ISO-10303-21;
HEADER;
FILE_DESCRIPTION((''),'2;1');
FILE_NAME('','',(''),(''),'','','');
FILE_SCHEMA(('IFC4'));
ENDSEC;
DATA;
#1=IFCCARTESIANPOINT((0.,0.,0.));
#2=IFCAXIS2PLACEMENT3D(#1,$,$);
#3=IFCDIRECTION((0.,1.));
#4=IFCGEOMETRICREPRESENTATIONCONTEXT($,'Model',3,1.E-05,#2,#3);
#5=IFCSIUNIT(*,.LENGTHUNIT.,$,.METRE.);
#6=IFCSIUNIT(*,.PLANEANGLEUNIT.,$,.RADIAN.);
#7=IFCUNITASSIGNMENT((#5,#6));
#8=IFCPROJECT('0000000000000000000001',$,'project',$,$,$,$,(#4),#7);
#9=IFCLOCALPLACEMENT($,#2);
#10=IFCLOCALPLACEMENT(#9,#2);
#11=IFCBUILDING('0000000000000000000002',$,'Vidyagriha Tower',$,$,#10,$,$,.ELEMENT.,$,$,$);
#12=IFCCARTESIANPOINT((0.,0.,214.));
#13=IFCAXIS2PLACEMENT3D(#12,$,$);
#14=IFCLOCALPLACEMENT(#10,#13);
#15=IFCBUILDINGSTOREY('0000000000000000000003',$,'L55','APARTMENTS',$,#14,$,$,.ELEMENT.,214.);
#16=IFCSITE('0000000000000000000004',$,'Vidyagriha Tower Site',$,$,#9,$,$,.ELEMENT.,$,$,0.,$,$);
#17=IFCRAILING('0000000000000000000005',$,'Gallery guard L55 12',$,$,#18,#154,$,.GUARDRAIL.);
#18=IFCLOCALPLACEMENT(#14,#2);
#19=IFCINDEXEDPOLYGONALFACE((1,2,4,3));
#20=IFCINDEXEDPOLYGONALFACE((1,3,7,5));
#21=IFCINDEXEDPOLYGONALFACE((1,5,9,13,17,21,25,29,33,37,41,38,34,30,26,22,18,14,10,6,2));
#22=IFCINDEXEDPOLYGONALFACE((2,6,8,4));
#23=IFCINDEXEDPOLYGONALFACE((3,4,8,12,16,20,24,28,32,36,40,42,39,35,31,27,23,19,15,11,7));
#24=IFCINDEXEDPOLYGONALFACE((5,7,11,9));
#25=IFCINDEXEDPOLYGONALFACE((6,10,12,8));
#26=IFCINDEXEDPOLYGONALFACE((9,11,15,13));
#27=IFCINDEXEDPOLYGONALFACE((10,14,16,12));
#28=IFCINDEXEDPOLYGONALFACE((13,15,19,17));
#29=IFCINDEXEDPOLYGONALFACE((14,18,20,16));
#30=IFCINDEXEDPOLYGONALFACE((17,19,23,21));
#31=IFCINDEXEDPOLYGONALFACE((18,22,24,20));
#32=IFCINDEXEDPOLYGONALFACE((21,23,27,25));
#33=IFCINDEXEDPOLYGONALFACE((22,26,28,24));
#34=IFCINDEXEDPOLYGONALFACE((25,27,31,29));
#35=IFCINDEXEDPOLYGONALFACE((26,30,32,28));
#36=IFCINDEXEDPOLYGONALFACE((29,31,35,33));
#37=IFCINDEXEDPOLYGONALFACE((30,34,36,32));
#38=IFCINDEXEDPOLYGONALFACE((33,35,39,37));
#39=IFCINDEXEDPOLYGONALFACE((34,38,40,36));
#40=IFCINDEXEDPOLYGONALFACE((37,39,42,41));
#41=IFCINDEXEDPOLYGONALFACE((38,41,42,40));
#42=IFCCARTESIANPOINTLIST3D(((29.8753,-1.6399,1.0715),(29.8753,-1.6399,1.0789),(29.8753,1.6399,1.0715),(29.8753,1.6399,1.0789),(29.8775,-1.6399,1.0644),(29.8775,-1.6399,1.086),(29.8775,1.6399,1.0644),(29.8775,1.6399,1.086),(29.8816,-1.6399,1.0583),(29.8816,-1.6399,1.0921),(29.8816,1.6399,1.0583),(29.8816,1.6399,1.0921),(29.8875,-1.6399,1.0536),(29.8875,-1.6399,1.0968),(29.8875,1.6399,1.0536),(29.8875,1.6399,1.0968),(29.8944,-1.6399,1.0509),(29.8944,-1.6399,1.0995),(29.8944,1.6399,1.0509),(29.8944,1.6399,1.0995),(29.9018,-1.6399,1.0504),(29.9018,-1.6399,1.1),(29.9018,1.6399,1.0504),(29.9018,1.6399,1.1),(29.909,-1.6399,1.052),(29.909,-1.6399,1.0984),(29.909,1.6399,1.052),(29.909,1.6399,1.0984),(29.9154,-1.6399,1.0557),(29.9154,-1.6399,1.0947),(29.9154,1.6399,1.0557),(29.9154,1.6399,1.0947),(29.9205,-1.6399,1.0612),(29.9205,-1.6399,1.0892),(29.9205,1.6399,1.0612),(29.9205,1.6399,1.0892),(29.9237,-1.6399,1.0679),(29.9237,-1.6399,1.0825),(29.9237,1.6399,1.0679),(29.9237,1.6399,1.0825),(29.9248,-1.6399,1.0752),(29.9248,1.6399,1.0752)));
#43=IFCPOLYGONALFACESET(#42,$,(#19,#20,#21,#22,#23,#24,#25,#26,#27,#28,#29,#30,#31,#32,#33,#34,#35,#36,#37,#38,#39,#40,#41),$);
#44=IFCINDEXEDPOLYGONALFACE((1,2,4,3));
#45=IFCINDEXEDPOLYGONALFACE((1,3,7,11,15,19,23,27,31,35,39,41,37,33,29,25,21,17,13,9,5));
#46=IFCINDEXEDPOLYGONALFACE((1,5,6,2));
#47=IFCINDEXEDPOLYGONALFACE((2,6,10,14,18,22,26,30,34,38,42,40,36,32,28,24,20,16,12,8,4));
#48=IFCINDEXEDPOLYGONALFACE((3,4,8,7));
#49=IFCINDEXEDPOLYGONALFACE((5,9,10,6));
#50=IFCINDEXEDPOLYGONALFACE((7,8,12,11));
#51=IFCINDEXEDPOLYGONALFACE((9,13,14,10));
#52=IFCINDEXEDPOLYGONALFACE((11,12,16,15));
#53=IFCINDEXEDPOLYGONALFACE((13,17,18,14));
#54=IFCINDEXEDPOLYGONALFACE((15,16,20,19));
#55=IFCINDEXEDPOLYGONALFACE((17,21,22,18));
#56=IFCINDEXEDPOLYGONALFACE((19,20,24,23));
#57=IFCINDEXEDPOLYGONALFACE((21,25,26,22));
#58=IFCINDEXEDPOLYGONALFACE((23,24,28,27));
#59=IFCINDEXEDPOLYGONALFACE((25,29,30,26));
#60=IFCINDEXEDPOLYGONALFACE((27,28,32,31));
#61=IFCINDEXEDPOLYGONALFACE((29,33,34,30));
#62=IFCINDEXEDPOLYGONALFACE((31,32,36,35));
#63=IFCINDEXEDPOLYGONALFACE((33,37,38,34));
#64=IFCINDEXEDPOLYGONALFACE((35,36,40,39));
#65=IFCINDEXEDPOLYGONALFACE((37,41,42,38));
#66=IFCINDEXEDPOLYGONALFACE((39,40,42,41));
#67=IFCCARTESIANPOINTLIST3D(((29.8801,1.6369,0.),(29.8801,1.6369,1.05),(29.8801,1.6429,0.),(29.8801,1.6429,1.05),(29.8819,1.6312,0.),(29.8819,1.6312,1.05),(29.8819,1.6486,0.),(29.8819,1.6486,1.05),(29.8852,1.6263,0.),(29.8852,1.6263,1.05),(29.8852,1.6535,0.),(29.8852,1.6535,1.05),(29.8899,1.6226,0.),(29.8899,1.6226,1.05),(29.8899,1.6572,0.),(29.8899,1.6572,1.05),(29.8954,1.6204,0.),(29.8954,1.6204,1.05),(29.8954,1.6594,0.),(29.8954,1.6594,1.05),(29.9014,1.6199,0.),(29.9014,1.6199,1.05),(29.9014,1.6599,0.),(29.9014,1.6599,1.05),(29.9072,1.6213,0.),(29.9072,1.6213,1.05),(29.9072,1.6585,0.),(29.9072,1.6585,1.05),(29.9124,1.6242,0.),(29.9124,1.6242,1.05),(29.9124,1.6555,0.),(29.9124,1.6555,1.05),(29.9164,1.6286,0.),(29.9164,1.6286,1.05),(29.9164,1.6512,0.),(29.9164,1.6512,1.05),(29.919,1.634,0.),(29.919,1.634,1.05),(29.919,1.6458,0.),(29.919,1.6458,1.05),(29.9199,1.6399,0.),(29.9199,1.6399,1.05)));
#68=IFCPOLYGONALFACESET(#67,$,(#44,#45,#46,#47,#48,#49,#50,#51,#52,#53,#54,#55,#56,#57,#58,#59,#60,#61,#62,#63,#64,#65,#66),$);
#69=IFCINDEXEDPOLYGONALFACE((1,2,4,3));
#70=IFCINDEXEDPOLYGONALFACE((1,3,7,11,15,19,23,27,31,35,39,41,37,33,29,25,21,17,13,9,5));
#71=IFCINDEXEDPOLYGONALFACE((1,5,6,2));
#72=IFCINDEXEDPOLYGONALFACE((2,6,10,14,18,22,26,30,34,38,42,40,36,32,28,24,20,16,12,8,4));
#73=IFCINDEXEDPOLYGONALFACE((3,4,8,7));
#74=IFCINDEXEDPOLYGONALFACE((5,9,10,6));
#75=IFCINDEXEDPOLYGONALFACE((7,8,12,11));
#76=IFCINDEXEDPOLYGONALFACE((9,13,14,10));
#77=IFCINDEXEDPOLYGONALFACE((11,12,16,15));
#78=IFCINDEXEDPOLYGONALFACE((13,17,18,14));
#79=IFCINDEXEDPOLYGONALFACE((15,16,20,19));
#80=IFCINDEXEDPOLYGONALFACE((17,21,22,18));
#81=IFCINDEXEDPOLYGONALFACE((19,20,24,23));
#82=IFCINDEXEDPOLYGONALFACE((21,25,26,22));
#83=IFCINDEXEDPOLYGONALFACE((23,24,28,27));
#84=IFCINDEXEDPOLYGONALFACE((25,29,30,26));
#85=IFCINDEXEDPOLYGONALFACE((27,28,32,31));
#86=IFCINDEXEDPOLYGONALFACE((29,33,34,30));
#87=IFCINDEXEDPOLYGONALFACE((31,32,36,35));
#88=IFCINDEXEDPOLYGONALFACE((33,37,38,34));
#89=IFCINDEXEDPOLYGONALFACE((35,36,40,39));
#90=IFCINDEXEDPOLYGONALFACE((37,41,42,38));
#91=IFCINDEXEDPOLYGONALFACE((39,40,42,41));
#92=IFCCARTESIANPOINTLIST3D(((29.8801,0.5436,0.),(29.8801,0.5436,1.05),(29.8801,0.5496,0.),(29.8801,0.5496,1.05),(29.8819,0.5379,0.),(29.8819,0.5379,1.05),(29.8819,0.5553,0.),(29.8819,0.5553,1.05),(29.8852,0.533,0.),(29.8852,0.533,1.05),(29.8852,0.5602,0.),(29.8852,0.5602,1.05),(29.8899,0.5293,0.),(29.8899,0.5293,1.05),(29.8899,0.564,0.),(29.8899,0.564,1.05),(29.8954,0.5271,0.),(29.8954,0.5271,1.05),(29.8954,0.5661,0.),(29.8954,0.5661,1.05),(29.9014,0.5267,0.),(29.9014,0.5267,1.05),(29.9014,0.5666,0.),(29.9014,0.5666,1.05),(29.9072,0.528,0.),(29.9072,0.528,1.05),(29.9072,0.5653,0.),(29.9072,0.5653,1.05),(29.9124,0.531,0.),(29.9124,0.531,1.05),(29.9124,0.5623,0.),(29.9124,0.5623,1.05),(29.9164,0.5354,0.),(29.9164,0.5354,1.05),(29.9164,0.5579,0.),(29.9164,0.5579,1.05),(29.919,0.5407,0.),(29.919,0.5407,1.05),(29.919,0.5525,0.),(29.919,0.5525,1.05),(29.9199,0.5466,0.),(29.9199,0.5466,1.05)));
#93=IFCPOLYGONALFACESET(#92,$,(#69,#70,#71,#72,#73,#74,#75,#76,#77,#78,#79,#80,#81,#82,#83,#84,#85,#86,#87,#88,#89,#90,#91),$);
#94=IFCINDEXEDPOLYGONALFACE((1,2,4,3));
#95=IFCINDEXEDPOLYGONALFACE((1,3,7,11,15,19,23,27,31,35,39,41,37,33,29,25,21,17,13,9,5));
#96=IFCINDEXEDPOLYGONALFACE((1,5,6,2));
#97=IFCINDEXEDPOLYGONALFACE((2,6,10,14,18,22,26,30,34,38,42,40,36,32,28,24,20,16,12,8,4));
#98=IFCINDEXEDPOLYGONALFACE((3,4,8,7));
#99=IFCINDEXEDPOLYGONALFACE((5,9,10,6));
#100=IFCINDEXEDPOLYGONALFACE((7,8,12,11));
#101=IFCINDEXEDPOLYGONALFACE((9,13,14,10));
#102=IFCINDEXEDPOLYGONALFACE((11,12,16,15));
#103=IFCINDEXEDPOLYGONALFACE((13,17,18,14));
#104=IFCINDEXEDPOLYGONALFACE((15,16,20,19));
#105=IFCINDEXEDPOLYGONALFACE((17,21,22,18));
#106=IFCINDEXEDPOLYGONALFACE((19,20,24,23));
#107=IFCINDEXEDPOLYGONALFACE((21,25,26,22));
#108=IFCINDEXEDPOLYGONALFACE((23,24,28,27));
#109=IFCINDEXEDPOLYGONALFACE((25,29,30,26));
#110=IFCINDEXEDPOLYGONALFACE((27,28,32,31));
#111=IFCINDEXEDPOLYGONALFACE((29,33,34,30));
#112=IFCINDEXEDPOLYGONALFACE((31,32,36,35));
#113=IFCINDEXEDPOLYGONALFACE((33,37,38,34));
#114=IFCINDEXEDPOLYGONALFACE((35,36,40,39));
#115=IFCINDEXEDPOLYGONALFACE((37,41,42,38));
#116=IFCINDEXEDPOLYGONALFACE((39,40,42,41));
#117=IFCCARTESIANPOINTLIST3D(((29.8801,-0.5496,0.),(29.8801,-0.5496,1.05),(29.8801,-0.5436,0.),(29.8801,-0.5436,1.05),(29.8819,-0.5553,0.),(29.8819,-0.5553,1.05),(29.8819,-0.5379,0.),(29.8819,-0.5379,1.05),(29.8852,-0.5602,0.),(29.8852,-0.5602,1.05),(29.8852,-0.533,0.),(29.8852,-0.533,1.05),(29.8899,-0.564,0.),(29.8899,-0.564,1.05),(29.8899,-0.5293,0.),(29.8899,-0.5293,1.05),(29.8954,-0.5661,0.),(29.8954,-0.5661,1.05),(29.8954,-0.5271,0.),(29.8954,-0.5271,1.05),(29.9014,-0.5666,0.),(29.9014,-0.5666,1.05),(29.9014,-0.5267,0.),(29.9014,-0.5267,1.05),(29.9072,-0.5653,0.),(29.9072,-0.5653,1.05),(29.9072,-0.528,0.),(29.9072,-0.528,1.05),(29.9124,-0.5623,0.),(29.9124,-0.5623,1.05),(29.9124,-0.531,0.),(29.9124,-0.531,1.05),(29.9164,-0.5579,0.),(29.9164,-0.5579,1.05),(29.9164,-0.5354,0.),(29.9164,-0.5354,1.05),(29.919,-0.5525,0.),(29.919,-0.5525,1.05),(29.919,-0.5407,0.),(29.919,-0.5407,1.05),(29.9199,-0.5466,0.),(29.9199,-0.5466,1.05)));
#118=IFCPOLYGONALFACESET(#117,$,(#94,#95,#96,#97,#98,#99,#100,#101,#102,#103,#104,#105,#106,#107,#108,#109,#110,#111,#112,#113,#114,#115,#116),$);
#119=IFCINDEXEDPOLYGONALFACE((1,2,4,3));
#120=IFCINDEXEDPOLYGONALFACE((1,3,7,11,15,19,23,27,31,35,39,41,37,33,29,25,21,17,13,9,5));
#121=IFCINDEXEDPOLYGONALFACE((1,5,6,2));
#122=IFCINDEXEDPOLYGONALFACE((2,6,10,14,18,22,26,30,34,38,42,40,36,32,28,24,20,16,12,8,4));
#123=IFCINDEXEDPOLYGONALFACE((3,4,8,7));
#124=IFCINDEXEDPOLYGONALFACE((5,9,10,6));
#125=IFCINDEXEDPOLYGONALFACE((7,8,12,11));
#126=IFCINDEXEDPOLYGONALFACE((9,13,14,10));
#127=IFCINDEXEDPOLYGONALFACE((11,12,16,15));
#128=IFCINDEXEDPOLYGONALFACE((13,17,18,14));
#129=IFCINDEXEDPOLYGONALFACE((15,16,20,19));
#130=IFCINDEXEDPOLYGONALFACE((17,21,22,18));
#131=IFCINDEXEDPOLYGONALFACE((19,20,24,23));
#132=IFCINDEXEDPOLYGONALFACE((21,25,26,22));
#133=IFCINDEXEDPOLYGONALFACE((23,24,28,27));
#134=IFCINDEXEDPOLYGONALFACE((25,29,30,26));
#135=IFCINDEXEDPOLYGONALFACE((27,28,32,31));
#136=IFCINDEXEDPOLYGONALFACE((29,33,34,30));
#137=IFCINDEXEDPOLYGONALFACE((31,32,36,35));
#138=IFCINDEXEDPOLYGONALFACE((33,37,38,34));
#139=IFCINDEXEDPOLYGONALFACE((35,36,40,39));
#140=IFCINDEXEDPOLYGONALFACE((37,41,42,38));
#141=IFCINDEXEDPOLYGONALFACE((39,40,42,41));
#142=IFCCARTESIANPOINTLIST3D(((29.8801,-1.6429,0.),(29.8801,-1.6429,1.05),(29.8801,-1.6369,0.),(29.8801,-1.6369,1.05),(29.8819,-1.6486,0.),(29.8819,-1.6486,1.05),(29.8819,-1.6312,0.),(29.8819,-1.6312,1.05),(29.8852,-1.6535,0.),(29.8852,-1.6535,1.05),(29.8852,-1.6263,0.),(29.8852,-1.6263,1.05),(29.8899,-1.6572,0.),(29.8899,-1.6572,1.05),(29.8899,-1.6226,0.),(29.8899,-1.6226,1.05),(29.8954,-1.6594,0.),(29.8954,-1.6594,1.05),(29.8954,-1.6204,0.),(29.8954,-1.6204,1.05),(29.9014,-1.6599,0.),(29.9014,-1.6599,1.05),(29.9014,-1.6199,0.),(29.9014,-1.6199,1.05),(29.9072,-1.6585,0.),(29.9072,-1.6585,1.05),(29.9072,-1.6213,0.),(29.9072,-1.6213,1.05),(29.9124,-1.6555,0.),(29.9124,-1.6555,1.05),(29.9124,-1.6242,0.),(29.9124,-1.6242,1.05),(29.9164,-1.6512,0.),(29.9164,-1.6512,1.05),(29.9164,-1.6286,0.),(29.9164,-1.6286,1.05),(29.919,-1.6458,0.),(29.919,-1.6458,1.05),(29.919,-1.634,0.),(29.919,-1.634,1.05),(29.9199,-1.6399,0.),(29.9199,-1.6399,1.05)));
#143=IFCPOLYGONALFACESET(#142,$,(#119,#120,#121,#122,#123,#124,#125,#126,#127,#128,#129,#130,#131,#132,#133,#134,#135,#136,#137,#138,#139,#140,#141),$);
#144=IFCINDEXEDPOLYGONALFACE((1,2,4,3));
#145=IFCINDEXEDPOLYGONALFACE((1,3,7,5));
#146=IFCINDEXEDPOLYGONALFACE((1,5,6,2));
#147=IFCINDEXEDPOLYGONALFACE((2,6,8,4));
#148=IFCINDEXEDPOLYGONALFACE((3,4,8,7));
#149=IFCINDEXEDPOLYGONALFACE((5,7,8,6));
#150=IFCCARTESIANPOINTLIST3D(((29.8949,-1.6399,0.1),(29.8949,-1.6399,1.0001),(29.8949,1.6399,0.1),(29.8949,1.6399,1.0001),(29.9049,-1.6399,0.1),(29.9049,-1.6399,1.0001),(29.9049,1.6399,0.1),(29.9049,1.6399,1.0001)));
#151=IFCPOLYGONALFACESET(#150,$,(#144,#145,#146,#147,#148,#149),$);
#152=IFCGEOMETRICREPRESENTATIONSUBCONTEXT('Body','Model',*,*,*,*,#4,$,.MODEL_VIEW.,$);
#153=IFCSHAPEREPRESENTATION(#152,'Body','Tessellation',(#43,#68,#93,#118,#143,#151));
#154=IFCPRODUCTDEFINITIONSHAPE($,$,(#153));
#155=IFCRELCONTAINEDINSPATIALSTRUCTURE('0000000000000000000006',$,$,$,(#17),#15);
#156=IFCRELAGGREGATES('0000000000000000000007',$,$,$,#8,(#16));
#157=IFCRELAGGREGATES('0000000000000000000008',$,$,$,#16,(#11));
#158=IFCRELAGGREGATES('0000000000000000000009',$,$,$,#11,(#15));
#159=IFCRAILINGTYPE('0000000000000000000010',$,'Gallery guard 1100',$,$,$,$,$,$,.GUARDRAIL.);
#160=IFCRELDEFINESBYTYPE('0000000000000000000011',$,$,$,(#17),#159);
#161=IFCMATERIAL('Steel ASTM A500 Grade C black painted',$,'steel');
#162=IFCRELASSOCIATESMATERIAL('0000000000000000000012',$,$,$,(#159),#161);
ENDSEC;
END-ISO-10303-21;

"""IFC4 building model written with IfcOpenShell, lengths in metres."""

from ifc_helpers import new_model, si_unit, direction, frame, origin, origin_2d, place, context, subcontext, project, spatial, rectangle, circle, extrude, material, type_object, element, save


model = new_model("IFC4")

# Units and contexts
model_context = context("Model", 3, precision=1e-05, world=origin(), true_north=direction((0.0, 1.0)))
body_context = subcontext(model_context, "Body", "Model", "MODEL_VIEW")
ifc_project = project(units=[si_unit("LENGTHUNIT", "METRE"), si_unit("PLANEANGLEUNIT", "RADIAN")], contexts=[model_context])

# Site, building, storey
site_placement = place(None, origin())
site = spatial("IfcSite", under=ifc_project, at=site_placement, Name="Vidyagriha Tower Site", CompositionType="ELEMENT", RefElevation=0.0)
building_placement = place(site_placement, origin())
building = spatial("IfcBuilding", under=site, at=building_placement, Name="Vidyagriha Tower", CompositionType="ELEMENT")
storey_placement = place(building_placement, frame((0.0, 0.0, 214.0)))
storey = spatial("IfcBuildingStorey", under=building, at=storey_placement, Name="L55", Description="APARTMENTS", CompositionType="ELEMENT", Elevation=214.0)

# Railing
ifc_material_1 = material(Name="Steel ASTM A500 Grade C black painted", Category="steel")
railing_type_1 = type_object("IfcRailingType", Name="Gallery guard 1100", PredefinedType="GUARDRAIL", material=ifc_material_1)
railing_1_placement = place(storey_placement, frame((29.8999, 1.6399, 0.0)))
element("IfcRailing", 1, at=railing_1_placement, inside=storey, type_object=railing_type_1, Name="Gallery guard L55 12", PredefinedType="GUARDRAIL", context=body_context, shape_type="SweptSolid", body=[
    extrude(circle(Radius=0.0249, at=origin_2d()), frame((0.0, 0.0, 1.0752), z_axis=(0.0, -1.0, 0.0), x_axis=(1.0, 0.0, 0.0)), (0.0, 0.0, 1.0), 3.2798),
    extrude(circle(Radius=0.02, at=origin_2d()), origin(), (0.0, 0.0, 1.0), 1.05),
    extrude(circle(Radius=0.02, at=origin_2d()), frame((0.0, -1.0933, 0.0)), (0.0, 0.0, 1.0), 1.05),
    extrude(circle(Radius=0.02, at=origin_2d()), frame((0.0, -2.1865, 0.0)), (0.0, 0.0, 1.0), 1.05),
    extrude(circle(Radius=0.02, at=origin_2d()), frame((0.0, -3.2798, 0.0)), (0.0, 0.0, 1.0), 1.05),
    extrude(rectangle(XDim=0.01, YDim=0.9001, at=origin_2d()), frame((0.0, 0.0, 0.55), z_axis=(0.0, -1.0, 0.0), x_axis=(1.0, 0.0, 0.0)), (0.0, 0.0, 1.0), 3.2798),
])

save(model, "model.ifc")
